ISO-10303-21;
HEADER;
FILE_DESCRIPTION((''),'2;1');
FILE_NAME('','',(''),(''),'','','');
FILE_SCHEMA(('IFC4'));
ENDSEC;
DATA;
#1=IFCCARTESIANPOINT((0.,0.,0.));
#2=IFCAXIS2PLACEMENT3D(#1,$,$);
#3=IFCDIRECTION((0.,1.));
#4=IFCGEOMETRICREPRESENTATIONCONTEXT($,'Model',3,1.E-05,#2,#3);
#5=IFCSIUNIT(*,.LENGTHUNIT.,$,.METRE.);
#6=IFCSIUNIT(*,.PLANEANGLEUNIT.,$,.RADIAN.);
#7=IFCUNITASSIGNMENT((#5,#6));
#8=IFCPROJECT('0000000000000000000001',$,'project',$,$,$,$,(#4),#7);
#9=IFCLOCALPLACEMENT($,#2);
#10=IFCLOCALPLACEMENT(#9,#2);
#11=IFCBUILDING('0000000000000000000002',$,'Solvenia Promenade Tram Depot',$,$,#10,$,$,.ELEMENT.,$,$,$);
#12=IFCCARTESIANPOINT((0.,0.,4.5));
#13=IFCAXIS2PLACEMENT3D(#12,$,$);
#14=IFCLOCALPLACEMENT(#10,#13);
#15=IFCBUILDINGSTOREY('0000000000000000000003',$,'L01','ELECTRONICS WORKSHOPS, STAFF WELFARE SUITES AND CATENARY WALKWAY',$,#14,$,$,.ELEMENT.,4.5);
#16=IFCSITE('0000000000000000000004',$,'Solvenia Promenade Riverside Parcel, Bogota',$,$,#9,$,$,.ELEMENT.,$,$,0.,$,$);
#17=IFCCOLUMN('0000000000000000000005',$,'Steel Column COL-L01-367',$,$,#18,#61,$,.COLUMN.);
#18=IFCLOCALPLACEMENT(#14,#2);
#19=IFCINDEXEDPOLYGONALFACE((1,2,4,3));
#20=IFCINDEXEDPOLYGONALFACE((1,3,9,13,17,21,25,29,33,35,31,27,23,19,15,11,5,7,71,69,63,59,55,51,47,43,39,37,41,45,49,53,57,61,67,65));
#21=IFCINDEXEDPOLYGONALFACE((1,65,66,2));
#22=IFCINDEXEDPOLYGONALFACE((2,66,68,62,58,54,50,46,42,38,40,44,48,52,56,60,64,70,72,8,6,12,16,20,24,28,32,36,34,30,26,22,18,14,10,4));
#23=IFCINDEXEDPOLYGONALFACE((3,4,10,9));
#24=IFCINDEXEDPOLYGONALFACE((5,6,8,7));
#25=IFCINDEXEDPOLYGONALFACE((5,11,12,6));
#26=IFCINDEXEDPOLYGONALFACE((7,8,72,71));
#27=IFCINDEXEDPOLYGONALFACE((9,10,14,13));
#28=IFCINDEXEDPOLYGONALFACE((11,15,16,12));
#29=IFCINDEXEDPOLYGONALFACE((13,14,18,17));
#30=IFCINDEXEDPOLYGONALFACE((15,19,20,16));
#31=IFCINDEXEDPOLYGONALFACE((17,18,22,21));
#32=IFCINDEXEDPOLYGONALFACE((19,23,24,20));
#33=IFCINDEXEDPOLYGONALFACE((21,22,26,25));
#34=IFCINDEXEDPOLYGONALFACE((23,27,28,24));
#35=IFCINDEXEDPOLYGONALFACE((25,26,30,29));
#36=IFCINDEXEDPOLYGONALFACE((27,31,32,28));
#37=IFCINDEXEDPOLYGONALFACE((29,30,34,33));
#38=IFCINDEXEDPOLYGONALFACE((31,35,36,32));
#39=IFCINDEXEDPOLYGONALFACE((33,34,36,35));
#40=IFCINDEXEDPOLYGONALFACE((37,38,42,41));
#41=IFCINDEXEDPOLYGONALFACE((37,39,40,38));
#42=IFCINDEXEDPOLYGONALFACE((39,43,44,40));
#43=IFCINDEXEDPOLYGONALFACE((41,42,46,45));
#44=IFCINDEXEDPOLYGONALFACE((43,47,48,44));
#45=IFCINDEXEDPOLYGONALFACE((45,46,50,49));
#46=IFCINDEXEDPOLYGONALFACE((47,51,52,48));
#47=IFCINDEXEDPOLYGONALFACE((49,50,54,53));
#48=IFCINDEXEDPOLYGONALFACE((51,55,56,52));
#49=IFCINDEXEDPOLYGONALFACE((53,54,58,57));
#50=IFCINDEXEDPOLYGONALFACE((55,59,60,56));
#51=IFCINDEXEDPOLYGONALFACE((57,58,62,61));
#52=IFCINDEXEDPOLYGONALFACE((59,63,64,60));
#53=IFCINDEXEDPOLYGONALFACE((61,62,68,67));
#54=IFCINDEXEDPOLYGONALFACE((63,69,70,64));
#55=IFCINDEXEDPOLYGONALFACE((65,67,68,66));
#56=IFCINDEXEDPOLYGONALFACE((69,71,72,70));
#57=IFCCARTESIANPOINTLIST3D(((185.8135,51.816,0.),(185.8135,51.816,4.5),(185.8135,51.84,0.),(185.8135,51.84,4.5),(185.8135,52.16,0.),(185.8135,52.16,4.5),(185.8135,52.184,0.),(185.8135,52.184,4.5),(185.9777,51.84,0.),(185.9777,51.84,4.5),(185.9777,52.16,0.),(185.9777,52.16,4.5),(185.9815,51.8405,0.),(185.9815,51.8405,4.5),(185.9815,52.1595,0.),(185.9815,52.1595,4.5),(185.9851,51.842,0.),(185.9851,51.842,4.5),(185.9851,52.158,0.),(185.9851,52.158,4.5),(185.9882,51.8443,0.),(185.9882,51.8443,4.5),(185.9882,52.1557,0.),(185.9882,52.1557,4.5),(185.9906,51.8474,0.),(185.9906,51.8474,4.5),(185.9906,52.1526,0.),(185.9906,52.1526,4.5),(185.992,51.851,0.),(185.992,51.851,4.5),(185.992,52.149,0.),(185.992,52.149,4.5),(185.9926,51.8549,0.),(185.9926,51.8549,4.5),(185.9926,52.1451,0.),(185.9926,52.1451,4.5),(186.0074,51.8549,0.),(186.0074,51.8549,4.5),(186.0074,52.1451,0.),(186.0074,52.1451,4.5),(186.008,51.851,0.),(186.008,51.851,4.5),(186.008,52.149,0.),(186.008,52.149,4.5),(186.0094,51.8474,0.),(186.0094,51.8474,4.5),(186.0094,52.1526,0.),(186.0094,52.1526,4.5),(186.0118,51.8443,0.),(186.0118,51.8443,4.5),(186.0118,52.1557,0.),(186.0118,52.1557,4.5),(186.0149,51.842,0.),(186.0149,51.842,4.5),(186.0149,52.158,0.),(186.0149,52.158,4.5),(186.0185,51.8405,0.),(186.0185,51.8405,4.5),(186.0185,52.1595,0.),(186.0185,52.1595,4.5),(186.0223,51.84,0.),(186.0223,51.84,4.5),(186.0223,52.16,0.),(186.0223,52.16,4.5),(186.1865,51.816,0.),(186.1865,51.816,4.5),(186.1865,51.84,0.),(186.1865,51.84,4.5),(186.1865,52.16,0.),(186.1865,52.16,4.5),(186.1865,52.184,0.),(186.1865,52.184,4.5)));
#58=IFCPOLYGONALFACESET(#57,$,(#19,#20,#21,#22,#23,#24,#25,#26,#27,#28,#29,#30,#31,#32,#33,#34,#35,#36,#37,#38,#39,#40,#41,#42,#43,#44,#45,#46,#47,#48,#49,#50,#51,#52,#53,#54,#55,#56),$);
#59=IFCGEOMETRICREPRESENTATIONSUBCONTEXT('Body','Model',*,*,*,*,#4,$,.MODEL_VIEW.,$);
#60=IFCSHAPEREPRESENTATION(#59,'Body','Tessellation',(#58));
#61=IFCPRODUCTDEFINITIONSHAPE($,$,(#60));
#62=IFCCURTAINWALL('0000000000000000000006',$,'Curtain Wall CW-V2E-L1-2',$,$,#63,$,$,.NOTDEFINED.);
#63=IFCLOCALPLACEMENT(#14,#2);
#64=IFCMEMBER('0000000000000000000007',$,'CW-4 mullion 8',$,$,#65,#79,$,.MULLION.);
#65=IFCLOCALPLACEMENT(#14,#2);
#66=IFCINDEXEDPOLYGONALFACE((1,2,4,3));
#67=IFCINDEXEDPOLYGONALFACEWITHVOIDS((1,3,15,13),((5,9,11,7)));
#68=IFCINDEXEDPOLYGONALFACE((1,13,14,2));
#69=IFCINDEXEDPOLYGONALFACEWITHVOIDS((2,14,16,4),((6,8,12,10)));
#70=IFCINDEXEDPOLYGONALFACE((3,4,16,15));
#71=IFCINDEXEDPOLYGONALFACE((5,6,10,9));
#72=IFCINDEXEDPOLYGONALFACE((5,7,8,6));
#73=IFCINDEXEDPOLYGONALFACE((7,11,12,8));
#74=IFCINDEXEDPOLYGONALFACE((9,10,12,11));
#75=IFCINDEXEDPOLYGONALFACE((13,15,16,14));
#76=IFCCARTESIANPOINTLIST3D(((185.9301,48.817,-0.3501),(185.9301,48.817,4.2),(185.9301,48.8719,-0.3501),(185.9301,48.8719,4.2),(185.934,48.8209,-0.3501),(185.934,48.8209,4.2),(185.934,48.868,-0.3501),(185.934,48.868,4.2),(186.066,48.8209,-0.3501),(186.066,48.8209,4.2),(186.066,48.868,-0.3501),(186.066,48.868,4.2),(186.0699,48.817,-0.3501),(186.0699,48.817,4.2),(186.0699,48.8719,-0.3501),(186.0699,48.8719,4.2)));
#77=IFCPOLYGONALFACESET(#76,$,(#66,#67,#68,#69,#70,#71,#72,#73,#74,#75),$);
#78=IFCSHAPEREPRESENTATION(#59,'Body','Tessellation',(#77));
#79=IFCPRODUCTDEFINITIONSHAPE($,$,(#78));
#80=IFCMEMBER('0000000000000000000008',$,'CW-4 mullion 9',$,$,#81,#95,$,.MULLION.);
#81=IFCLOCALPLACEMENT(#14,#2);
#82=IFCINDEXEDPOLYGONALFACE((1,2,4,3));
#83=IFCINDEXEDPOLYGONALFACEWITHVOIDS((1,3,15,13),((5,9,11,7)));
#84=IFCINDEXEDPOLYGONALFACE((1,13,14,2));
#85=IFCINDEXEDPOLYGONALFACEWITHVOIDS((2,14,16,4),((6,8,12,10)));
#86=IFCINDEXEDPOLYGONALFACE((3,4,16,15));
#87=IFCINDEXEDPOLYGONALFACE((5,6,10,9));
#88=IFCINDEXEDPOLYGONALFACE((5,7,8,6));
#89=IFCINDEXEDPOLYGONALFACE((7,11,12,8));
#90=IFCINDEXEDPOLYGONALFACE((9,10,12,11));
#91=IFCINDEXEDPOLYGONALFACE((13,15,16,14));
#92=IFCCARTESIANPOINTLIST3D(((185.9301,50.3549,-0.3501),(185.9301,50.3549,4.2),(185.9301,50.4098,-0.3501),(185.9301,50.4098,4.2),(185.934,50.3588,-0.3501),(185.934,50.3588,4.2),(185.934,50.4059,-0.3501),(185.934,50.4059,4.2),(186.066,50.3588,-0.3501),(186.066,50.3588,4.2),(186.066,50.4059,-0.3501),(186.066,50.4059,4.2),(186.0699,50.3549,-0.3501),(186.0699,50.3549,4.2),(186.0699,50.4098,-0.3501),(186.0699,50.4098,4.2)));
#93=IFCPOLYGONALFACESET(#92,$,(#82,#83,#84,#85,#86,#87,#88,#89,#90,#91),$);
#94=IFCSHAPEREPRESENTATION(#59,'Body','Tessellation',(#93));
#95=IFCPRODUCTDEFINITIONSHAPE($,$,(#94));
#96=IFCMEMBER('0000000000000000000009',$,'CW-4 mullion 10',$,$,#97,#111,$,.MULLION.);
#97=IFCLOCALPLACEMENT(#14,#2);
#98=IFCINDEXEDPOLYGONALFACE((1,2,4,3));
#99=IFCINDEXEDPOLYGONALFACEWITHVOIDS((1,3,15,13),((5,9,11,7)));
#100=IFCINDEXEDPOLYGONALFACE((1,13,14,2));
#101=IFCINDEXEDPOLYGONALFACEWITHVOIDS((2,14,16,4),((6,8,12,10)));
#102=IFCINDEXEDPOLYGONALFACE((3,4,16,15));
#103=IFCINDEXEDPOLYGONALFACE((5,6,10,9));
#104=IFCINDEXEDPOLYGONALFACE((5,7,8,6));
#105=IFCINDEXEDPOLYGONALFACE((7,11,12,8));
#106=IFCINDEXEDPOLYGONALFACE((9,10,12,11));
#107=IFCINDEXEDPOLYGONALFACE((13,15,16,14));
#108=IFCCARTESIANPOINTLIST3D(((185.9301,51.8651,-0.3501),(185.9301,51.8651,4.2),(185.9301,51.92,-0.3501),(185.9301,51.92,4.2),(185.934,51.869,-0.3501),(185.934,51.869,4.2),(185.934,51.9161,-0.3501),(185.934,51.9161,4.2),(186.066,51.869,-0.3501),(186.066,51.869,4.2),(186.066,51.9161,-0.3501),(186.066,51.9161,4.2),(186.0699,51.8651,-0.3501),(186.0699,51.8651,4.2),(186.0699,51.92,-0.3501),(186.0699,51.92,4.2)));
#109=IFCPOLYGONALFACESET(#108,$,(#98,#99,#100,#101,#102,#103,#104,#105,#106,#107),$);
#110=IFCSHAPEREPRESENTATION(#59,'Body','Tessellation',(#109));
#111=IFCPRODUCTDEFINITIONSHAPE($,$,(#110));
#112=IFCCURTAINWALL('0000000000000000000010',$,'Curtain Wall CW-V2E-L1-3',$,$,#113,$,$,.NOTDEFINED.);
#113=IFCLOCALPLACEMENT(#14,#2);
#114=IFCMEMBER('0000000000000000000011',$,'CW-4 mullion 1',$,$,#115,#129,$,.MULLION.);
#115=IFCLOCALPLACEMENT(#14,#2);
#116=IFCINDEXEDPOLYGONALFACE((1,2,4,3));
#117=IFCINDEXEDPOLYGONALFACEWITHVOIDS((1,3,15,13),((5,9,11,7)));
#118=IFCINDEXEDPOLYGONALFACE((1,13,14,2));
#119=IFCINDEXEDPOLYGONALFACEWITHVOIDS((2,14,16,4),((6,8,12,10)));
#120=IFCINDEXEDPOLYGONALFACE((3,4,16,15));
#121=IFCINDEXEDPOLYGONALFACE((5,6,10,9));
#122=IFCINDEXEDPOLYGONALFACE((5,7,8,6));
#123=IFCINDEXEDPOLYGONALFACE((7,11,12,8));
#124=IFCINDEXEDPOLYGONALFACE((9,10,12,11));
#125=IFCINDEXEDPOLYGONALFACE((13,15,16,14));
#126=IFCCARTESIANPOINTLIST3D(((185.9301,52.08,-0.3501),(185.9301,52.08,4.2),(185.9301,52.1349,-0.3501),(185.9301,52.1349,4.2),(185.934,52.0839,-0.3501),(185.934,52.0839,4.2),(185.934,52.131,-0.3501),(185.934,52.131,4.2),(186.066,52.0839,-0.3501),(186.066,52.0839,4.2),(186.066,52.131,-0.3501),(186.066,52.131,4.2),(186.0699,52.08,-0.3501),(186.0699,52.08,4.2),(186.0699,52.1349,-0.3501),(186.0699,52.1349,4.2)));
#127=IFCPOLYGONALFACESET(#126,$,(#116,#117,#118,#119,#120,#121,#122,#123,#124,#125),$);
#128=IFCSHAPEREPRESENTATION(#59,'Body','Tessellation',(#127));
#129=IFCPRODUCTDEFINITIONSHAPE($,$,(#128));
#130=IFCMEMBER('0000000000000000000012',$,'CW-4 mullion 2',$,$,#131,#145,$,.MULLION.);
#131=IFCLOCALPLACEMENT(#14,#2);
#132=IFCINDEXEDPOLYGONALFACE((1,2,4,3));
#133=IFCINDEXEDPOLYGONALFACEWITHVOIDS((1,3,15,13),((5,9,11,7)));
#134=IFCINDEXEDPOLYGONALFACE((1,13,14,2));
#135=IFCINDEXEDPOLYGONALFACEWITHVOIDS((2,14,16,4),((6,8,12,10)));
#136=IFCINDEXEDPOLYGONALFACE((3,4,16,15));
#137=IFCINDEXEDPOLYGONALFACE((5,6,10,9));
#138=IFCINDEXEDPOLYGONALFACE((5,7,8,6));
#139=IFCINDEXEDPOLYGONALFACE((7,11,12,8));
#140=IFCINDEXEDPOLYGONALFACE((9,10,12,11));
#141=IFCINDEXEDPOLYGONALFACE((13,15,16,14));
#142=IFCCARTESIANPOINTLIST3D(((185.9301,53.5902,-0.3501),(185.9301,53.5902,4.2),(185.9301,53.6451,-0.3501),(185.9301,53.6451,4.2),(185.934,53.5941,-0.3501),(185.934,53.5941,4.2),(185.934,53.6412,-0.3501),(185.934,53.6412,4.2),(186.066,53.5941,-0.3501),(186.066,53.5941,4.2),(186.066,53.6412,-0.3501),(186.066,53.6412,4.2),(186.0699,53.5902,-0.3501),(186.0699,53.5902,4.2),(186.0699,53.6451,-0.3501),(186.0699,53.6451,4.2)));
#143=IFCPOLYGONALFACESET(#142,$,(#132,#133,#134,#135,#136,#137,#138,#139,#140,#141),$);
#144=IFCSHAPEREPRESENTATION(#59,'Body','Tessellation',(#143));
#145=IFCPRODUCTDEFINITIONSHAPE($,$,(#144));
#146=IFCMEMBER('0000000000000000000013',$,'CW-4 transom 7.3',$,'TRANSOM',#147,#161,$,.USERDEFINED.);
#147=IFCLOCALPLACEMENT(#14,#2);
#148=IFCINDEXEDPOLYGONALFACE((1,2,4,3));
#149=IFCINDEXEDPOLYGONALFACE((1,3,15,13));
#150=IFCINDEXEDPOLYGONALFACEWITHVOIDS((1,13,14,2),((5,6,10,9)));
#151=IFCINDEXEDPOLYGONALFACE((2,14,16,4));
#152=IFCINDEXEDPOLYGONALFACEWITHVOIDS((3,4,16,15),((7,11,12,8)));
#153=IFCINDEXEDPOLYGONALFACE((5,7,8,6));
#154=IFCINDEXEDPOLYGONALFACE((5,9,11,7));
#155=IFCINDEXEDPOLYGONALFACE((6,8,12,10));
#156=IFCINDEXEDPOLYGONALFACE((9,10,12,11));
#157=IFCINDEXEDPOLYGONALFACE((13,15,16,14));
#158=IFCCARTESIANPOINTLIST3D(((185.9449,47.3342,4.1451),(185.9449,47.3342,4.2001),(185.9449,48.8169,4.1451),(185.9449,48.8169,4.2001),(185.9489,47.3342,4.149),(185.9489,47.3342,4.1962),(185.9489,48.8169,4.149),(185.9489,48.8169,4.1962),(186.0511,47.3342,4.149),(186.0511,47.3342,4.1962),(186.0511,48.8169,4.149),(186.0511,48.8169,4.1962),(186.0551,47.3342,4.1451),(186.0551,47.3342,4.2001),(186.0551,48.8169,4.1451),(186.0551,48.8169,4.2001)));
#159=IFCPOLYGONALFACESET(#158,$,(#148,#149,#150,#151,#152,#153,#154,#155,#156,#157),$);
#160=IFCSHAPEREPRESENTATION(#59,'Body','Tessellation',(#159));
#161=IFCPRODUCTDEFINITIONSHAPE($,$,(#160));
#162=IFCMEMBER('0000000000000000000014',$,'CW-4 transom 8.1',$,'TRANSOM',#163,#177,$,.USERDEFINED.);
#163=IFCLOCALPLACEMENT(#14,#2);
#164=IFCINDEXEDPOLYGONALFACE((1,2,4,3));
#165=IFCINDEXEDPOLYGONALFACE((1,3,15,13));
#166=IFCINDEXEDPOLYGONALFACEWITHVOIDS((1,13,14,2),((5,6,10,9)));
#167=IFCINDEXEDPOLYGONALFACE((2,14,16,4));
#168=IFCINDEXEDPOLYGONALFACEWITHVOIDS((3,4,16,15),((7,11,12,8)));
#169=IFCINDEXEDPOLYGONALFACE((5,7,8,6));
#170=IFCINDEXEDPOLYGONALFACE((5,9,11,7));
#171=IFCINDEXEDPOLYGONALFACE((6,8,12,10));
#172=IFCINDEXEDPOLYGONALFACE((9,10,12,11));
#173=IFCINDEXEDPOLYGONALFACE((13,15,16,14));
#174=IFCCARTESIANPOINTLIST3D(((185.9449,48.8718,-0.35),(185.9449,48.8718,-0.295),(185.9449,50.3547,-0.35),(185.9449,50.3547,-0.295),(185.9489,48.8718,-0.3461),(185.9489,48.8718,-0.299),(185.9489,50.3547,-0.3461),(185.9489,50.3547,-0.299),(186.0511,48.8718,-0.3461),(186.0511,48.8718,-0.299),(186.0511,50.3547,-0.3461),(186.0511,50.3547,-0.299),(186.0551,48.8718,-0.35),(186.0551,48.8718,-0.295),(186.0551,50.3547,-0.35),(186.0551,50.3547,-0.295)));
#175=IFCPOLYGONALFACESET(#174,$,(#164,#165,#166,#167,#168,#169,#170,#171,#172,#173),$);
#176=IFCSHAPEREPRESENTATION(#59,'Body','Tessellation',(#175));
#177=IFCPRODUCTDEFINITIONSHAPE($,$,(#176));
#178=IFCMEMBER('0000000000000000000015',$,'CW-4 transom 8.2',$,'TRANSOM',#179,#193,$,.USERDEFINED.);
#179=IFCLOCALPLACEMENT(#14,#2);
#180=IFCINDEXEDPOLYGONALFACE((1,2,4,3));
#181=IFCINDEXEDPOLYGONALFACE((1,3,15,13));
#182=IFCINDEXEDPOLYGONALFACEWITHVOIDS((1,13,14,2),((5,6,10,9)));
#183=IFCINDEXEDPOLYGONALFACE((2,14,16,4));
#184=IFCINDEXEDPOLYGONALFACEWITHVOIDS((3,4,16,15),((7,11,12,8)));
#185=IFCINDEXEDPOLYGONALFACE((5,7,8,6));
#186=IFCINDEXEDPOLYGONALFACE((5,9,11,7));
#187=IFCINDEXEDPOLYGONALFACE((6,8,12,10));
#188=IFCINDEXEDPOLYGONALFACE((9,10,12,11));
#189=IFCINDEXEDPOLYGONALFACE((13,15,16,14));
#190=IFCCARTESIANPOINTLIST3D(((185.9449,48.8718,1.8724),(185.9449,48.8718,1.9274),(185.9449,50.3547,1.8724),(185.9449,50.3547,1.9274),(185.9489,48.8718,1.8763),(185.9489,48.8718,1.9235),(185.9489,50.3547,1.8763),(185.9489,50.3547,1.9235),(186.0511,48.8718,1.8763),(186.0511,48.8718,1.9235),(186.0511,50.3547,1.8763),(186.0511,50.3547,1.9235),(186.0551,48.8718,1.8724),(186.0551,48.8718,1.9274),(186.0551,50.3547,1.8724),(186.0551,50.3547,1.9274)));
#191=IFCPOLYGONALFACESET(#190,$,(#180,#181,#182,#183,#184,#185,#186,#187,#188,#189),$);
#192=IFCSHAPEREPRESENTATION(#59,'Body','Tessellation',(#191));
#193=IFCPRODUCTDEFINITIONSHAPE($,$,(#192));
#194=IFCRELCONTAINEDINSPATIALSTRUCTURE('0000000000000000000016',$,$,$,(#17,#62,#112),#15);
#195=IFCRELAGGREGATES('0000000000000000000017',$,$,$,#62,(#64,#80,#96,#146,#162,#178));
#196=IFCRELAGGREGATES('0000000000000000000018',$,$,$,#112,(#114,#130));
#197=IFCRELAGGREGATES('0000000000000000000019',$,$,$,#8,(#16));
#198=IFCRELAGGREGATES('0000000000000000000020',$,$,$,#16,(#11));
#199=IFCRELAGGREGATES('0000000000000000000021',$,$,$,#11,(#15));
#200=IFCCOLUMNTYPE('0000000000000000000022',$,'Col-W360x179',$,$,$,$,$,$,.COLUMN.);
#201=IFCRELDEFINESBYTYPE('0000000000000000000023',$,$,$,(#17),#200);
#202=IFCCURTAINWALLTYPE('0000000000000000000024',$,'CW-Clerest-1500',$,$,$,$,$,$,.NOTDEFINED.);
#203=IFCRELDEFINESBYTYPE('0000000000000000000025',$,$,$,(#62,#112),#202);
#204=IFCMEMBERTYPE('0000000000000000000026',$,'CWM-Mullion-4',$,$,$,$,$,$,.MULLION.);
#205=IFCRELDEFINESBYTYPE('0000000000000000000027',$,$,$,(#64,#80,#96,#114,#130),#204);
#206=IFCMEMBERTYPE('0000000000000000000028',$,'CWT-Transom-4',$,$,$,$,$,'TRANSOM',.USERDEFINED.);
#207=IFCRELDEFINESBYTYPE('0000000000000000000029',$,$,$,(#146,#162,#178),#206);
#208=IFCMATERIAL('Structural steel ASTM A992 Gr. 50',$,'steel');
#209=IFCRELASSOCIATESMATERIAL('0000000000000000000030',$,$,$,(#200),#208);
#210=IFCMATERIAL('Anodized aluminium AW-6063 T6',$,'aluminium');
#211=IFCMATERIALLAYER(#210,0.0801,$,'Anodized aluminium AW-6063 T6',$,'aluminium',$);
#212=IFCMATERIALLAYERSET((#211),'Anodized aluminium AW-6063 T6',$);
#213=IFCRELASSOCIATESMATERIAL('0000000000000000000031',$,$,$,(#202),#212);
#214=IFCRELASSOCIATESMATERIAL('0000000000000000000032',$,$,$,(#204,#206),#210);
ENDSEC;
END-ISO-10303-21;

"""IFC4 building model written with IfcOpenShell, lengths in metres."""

from ifc_helpers import new_model, si_unit, direction, frame, origin, origin_2d, place, context, subcontext, project, spatial, hollow_rectangle, i_section, extrude, material, layer, layer_set, material_profile, profile_set, type_object, element, aggregate, save


model = new_model("IFC4")

# Units and contexts
model_context = context("Model", 3, precision=1e-05, world=origin(), true_north=direction((0.0, 1.0)))
body_context = subcontext(model_context, "Body", "Model", "MODEL_VIEW")
ifc_project = project(units=[si_unit("LENGTHUNIT", "METRE"), si_unit("PLANEANGLEUNIT", "RADIAN")], contexts=[model_context])

# Site, building, storey
site_placement = place(None, origin())
site = spatial("IfcSite", under=ifc_project, at=site_placement, Name="Solvenia Promenade Riverside Parcel, Bogota", CompositionType="ELEMENT", RefElevation=0.0)
building_placement = place(site_placement, origin())
building = spatial("IfcBuilding", under=site, at=building_placement, Name="Solvenia Promenade Tram Depot", CompositionType="ELEMENT")
storey_placement = place(building_placement, frame((0.0, 0.0, 4.5)))
storey = spatial("IfcBuildingStorey", under=building, at=storey_placement, Name="L01", Description="ELECTRONICS WORKSHOPS, STAFF WELFARE SUITES AND CATENARY WALKWAY", CompositionType="ELEMENT", Elevation=4.5)

# Column
ifc_material_1 = material(Name="Structural steel ASTM A992 Gr. 50", Category="steel")
ifc_material_profile_1 = material_profile(ifc_material_1, i_section(OverallWidth=0.373, OverallDepth=0.3679, WebThickness=0.0149, FlangeThickness=0.0239, FilletRadius=0.0149, at=origin_2d()), Name="W360x179", Category="steel")
ifc_profile_set_1 = profile_set([ifc_material_profile_1], Name="Structural steel ASTM A992 Gr. 50")
column_type = type_object("IfcColumnType", Name="Col-W360x179", PredefinedType="COLUMN", material=ifc_profile_set_1)
column_placement = place(storey_placement, frame((186.0, 52.0, 0.0), z_axis=(0.0, 0.0, 1.0), x_axis=(1.0, 0.0, 0.0)))
element("IfcColumn", 1, at=column_placement, inside=storey, type_object=column_type, Name="Steel Column COL-L01-367", PredefinedType="COLUMN", context=body_context, shape_type="SweptSolid", body=[
    extrude(i_section(OverallWidth=0.373, OverallDepth=0.3679, WebThickness=0.0149, FlangeThickness=0.0239, FilletRadius=0.0149, at=origin_2d()), origin(), (0.0, 0.0, 1.0), 4.5),
])

# Curtain walls, members
ifc_material_2 = material(Name="Anodized aluminium AW-6063 T6", Category="aluminium")
ifc_layer_1 = layer(ifc_material_2, 0.0801, Name="Anodized aluminium AW-6063 T6", Category="aluminium")
ifc_layer_set_1 = layer_set([ifc_layer_1], Name="Anodized aluminium AW-6063 T6")
curtain_wall_type = type_object("IfcCurtainWallType", Name="CW-Clerest-1500", PredefinedType="NOTDEFINED", material=ifc_layer_set_1)
curtain_wall_1_placement = place(storey_placement, origin())
curtain_wall_1 = element("IfcCurtainWall", 2, at=curtain_wall_1_placement, inside=storey, type_object=curtain_wall_type, Name="Curtain Wall CW-V2E-L1-2", PredefinedType="NOTDEFINED")
ifc_material_profile_2 = material_profile(ifc_material_2, hollow_rectangle(XDim=0.1399, YDim=0.0549, WallThickness=0.0039, at=origin_2d()), Name="ALU-M4", Category="aluminium")
ifc_profile_set_2 = profile_set([ifc_material_profile_2], Name="Anodized aluminium AW-6063 T6")
member_type_1 = type_object("IfcMemberType", Name="CWM-Mullion-4", PredefinedType="MULLION", material=ifc_profile_set_2)
member_1_placement = place(storey_placement, frame((186.0, 48.8445, -0.3501), z_axis=(0.0, 0.0, 1.0), x_axis=(-1.0, 0.0, 0.0)))
member_1 = element("IfcMember", 3, at=member_1_placement, type_object=member_type_1, Name="CW-4 mullion 8", PredefinedType="MULLION", context=body_context, shape_type="SweptSolid", body=[
    extrude(hollow_rectangle(XDim=0.1399, YDim=0.0549, WallThickness=0.0039, at=origin_2d()), origin(), (0.0, 0.0, 1.0), 4.55),
])
member_2_placement = place(storey_placement, frame((186.0, 50.3823, -0.3501), z_axis=(0.0, 0.0, 1.0), x_axis=(-1.0, 0.0, 0.0)))
member_2 = element("IfcMember", 4, at=member_2_placement, type_object=member_type_1, Name="CW-4 mullion 9", PredefinedType="MULLION", context=body_context, shape_type="SweptSolid", body=[
    extrude(hollow_rectangle(XDim=0.1399, YDim=0.0549, WallThickness=0.0039, at=origin_2d()), origin(), (0.0, 0.0, 1.0), 4.55),
])
member_3_placement = place(storey_placement, frame((186.0, 51.8926, -0.3501), z_axis=(0.0, 0.0, 1.0), x_axis=(-1.0, 0.0, 0.0)))
member_3 = element("IfcMember", 5, at=member_3_placement, type_object=member_type_1, Name="CW-4 mullion 10", PredefinedType="MULLION", context=body_context, shape_type="SweptSolid", body=[
    extrude(hollow_rectangle(XDim=0.1399, YDim=0.0549, WallThickness=0.0039, at=origin_2d()), origin(), (0.0, 0.0, 1.0), 4.55),
])
curtain_wall_2_placement = place(storey_placement, origin())
curtain_wall_2 = element("IfcCurtainWall", 6, at=curtain_wall_2_placement, inside=storey, type_object=curtain_wall_type, Name="Curtain Wall CW-V2E-L1-3", PredefinedType="NOTDEFINED")
member_4_placement = place(storey_placement, frame((186.0, 52.1074, -0.3501), z_axis=(0.0, 0.0, 1.0), x_axis=(-1.0, 0.0, 0.0)))
member_4 = element("IfcMember", 7, at=member_4_placement, type_object=member_type_1, Name="CW-4 mullion 1", PredefinedType="MULLION", context=body_context, shape_type="SweptSolid", body=[
    extrude(hollow_rectangle(XDim=0.1399, YDim=0.0549, WallThickness=0.0039, at=origin_2d()), origin(), (0.0, 0.0, 1.0), 4.55),
])
member_5_placement = place(storey_placement, frame((186.0, 53.6177, -0.3501), z_axis=(0.0, 0.0, 1.0), x_axis=(-1.0, 0.0, 0.0)))
member_5 = element("IfcMember", 8, at=member_5_placement, type_object=member_type_1, Name="CW-4 mullion 2", PredefinedType="MULLION", context=body_context, shape_type="SweptSolid", body=[
    extrude(hollow_rectangle(XDim=0.1399, YDim=0.0549, WallThickness=0.0039, at=origin_2d()), origin(), (0.0, 0.0, 1.0), 4.55),
])

# Members
ifc_material_profile_3 = material_profile(ifc_material_2, hollow_rectangle(XDim=0.1101, YDim=0.0549, WallThickness=0.0039, at=origin_2d()), Name="ALU-T4", Category="aluminium")
ifc_profile_set_3 = profile_set([ifc_material_profile_3], Name="Anodized aluminium AW-6063 T6")
member_type_2 = type_object("IfcMemberType", Name="CWT-Transom-4", ElementType="TRANSOM", PredefinedType="USERDEFINED", material=ifc_profile_set_3)
member_6_placement = place(storey_placement, frame((186.0, 47.3342, 4.1726), z_axis=(0.0, 1.0, 0.0), x_axis=(-1.0, 0.0, 0.0)))
member_6 = element("IfcMember", 9, at=member_6_placement, type_object=member_type_2, Name="CW-4 transom 7.3", ObjectType="TRANSOM", PredefinedType="USERDEFINED", context=body_context, shape_type="SweptSolid", body=[
    extrude(hollow_rectangle(XDim=0.1101, YDim=0.0549, WallThickness=0.0039, at=origin_2d()), origin(), (0.0, 0.0, 1.0), 1.4827),
])
member_7_placement = place(storey_placement, frame((186.0, 48.8718, -0.3225), z_axis=(0.0, 1.0, 0.0), x_axis=(-1.0, 0.0, 0.0)))
member_7 = element("IfcMember", 10, at=member_7_placement, type_object=member_type_2, Name="CW-4 transom 8.1", ObjectType="TRANSOM", PredefinedType="USERDEFINED", context=body_context, shape_type="SweptSolid", body=[
    extrude(hollow_rectangle(XDim=0.1101, YDim=0.0549, WallThickness=0.0039, at=origin_2d()), origin(), (0.0, 0.0, 1.0), 1.4829),
])
member_8_placement = place(storey_placement, frame((186.0, 48.8718, 1.8999), z_axis=(0.0, 1.0, 0.0), x_axis=(-1.0, 0.0, 0.0)))
member_8 = element("IfcMember", 11, at=member_8_placement, type_object=member_type_2, Name="CW-4 transom 8.2", ObjectType="TRANSOM", PredefinedType="USERDEFINED", context=body_context, shape_type="SweptSolid", body=[
    extrude(hollow_rectangle(XDim=0.1101, YDim=0.0549, WallThickness=0.0039, at=origin_2d()), origin(), (0.0, 0.0, 1.0), 1.4829),
])

aggregate(curtain_wall_1, [member_1, member_2, member_3, member_6, member_7, member_8])
aggregate(curtain_wall_2, [member_4, member_5])

save(model, "model.ifc")
